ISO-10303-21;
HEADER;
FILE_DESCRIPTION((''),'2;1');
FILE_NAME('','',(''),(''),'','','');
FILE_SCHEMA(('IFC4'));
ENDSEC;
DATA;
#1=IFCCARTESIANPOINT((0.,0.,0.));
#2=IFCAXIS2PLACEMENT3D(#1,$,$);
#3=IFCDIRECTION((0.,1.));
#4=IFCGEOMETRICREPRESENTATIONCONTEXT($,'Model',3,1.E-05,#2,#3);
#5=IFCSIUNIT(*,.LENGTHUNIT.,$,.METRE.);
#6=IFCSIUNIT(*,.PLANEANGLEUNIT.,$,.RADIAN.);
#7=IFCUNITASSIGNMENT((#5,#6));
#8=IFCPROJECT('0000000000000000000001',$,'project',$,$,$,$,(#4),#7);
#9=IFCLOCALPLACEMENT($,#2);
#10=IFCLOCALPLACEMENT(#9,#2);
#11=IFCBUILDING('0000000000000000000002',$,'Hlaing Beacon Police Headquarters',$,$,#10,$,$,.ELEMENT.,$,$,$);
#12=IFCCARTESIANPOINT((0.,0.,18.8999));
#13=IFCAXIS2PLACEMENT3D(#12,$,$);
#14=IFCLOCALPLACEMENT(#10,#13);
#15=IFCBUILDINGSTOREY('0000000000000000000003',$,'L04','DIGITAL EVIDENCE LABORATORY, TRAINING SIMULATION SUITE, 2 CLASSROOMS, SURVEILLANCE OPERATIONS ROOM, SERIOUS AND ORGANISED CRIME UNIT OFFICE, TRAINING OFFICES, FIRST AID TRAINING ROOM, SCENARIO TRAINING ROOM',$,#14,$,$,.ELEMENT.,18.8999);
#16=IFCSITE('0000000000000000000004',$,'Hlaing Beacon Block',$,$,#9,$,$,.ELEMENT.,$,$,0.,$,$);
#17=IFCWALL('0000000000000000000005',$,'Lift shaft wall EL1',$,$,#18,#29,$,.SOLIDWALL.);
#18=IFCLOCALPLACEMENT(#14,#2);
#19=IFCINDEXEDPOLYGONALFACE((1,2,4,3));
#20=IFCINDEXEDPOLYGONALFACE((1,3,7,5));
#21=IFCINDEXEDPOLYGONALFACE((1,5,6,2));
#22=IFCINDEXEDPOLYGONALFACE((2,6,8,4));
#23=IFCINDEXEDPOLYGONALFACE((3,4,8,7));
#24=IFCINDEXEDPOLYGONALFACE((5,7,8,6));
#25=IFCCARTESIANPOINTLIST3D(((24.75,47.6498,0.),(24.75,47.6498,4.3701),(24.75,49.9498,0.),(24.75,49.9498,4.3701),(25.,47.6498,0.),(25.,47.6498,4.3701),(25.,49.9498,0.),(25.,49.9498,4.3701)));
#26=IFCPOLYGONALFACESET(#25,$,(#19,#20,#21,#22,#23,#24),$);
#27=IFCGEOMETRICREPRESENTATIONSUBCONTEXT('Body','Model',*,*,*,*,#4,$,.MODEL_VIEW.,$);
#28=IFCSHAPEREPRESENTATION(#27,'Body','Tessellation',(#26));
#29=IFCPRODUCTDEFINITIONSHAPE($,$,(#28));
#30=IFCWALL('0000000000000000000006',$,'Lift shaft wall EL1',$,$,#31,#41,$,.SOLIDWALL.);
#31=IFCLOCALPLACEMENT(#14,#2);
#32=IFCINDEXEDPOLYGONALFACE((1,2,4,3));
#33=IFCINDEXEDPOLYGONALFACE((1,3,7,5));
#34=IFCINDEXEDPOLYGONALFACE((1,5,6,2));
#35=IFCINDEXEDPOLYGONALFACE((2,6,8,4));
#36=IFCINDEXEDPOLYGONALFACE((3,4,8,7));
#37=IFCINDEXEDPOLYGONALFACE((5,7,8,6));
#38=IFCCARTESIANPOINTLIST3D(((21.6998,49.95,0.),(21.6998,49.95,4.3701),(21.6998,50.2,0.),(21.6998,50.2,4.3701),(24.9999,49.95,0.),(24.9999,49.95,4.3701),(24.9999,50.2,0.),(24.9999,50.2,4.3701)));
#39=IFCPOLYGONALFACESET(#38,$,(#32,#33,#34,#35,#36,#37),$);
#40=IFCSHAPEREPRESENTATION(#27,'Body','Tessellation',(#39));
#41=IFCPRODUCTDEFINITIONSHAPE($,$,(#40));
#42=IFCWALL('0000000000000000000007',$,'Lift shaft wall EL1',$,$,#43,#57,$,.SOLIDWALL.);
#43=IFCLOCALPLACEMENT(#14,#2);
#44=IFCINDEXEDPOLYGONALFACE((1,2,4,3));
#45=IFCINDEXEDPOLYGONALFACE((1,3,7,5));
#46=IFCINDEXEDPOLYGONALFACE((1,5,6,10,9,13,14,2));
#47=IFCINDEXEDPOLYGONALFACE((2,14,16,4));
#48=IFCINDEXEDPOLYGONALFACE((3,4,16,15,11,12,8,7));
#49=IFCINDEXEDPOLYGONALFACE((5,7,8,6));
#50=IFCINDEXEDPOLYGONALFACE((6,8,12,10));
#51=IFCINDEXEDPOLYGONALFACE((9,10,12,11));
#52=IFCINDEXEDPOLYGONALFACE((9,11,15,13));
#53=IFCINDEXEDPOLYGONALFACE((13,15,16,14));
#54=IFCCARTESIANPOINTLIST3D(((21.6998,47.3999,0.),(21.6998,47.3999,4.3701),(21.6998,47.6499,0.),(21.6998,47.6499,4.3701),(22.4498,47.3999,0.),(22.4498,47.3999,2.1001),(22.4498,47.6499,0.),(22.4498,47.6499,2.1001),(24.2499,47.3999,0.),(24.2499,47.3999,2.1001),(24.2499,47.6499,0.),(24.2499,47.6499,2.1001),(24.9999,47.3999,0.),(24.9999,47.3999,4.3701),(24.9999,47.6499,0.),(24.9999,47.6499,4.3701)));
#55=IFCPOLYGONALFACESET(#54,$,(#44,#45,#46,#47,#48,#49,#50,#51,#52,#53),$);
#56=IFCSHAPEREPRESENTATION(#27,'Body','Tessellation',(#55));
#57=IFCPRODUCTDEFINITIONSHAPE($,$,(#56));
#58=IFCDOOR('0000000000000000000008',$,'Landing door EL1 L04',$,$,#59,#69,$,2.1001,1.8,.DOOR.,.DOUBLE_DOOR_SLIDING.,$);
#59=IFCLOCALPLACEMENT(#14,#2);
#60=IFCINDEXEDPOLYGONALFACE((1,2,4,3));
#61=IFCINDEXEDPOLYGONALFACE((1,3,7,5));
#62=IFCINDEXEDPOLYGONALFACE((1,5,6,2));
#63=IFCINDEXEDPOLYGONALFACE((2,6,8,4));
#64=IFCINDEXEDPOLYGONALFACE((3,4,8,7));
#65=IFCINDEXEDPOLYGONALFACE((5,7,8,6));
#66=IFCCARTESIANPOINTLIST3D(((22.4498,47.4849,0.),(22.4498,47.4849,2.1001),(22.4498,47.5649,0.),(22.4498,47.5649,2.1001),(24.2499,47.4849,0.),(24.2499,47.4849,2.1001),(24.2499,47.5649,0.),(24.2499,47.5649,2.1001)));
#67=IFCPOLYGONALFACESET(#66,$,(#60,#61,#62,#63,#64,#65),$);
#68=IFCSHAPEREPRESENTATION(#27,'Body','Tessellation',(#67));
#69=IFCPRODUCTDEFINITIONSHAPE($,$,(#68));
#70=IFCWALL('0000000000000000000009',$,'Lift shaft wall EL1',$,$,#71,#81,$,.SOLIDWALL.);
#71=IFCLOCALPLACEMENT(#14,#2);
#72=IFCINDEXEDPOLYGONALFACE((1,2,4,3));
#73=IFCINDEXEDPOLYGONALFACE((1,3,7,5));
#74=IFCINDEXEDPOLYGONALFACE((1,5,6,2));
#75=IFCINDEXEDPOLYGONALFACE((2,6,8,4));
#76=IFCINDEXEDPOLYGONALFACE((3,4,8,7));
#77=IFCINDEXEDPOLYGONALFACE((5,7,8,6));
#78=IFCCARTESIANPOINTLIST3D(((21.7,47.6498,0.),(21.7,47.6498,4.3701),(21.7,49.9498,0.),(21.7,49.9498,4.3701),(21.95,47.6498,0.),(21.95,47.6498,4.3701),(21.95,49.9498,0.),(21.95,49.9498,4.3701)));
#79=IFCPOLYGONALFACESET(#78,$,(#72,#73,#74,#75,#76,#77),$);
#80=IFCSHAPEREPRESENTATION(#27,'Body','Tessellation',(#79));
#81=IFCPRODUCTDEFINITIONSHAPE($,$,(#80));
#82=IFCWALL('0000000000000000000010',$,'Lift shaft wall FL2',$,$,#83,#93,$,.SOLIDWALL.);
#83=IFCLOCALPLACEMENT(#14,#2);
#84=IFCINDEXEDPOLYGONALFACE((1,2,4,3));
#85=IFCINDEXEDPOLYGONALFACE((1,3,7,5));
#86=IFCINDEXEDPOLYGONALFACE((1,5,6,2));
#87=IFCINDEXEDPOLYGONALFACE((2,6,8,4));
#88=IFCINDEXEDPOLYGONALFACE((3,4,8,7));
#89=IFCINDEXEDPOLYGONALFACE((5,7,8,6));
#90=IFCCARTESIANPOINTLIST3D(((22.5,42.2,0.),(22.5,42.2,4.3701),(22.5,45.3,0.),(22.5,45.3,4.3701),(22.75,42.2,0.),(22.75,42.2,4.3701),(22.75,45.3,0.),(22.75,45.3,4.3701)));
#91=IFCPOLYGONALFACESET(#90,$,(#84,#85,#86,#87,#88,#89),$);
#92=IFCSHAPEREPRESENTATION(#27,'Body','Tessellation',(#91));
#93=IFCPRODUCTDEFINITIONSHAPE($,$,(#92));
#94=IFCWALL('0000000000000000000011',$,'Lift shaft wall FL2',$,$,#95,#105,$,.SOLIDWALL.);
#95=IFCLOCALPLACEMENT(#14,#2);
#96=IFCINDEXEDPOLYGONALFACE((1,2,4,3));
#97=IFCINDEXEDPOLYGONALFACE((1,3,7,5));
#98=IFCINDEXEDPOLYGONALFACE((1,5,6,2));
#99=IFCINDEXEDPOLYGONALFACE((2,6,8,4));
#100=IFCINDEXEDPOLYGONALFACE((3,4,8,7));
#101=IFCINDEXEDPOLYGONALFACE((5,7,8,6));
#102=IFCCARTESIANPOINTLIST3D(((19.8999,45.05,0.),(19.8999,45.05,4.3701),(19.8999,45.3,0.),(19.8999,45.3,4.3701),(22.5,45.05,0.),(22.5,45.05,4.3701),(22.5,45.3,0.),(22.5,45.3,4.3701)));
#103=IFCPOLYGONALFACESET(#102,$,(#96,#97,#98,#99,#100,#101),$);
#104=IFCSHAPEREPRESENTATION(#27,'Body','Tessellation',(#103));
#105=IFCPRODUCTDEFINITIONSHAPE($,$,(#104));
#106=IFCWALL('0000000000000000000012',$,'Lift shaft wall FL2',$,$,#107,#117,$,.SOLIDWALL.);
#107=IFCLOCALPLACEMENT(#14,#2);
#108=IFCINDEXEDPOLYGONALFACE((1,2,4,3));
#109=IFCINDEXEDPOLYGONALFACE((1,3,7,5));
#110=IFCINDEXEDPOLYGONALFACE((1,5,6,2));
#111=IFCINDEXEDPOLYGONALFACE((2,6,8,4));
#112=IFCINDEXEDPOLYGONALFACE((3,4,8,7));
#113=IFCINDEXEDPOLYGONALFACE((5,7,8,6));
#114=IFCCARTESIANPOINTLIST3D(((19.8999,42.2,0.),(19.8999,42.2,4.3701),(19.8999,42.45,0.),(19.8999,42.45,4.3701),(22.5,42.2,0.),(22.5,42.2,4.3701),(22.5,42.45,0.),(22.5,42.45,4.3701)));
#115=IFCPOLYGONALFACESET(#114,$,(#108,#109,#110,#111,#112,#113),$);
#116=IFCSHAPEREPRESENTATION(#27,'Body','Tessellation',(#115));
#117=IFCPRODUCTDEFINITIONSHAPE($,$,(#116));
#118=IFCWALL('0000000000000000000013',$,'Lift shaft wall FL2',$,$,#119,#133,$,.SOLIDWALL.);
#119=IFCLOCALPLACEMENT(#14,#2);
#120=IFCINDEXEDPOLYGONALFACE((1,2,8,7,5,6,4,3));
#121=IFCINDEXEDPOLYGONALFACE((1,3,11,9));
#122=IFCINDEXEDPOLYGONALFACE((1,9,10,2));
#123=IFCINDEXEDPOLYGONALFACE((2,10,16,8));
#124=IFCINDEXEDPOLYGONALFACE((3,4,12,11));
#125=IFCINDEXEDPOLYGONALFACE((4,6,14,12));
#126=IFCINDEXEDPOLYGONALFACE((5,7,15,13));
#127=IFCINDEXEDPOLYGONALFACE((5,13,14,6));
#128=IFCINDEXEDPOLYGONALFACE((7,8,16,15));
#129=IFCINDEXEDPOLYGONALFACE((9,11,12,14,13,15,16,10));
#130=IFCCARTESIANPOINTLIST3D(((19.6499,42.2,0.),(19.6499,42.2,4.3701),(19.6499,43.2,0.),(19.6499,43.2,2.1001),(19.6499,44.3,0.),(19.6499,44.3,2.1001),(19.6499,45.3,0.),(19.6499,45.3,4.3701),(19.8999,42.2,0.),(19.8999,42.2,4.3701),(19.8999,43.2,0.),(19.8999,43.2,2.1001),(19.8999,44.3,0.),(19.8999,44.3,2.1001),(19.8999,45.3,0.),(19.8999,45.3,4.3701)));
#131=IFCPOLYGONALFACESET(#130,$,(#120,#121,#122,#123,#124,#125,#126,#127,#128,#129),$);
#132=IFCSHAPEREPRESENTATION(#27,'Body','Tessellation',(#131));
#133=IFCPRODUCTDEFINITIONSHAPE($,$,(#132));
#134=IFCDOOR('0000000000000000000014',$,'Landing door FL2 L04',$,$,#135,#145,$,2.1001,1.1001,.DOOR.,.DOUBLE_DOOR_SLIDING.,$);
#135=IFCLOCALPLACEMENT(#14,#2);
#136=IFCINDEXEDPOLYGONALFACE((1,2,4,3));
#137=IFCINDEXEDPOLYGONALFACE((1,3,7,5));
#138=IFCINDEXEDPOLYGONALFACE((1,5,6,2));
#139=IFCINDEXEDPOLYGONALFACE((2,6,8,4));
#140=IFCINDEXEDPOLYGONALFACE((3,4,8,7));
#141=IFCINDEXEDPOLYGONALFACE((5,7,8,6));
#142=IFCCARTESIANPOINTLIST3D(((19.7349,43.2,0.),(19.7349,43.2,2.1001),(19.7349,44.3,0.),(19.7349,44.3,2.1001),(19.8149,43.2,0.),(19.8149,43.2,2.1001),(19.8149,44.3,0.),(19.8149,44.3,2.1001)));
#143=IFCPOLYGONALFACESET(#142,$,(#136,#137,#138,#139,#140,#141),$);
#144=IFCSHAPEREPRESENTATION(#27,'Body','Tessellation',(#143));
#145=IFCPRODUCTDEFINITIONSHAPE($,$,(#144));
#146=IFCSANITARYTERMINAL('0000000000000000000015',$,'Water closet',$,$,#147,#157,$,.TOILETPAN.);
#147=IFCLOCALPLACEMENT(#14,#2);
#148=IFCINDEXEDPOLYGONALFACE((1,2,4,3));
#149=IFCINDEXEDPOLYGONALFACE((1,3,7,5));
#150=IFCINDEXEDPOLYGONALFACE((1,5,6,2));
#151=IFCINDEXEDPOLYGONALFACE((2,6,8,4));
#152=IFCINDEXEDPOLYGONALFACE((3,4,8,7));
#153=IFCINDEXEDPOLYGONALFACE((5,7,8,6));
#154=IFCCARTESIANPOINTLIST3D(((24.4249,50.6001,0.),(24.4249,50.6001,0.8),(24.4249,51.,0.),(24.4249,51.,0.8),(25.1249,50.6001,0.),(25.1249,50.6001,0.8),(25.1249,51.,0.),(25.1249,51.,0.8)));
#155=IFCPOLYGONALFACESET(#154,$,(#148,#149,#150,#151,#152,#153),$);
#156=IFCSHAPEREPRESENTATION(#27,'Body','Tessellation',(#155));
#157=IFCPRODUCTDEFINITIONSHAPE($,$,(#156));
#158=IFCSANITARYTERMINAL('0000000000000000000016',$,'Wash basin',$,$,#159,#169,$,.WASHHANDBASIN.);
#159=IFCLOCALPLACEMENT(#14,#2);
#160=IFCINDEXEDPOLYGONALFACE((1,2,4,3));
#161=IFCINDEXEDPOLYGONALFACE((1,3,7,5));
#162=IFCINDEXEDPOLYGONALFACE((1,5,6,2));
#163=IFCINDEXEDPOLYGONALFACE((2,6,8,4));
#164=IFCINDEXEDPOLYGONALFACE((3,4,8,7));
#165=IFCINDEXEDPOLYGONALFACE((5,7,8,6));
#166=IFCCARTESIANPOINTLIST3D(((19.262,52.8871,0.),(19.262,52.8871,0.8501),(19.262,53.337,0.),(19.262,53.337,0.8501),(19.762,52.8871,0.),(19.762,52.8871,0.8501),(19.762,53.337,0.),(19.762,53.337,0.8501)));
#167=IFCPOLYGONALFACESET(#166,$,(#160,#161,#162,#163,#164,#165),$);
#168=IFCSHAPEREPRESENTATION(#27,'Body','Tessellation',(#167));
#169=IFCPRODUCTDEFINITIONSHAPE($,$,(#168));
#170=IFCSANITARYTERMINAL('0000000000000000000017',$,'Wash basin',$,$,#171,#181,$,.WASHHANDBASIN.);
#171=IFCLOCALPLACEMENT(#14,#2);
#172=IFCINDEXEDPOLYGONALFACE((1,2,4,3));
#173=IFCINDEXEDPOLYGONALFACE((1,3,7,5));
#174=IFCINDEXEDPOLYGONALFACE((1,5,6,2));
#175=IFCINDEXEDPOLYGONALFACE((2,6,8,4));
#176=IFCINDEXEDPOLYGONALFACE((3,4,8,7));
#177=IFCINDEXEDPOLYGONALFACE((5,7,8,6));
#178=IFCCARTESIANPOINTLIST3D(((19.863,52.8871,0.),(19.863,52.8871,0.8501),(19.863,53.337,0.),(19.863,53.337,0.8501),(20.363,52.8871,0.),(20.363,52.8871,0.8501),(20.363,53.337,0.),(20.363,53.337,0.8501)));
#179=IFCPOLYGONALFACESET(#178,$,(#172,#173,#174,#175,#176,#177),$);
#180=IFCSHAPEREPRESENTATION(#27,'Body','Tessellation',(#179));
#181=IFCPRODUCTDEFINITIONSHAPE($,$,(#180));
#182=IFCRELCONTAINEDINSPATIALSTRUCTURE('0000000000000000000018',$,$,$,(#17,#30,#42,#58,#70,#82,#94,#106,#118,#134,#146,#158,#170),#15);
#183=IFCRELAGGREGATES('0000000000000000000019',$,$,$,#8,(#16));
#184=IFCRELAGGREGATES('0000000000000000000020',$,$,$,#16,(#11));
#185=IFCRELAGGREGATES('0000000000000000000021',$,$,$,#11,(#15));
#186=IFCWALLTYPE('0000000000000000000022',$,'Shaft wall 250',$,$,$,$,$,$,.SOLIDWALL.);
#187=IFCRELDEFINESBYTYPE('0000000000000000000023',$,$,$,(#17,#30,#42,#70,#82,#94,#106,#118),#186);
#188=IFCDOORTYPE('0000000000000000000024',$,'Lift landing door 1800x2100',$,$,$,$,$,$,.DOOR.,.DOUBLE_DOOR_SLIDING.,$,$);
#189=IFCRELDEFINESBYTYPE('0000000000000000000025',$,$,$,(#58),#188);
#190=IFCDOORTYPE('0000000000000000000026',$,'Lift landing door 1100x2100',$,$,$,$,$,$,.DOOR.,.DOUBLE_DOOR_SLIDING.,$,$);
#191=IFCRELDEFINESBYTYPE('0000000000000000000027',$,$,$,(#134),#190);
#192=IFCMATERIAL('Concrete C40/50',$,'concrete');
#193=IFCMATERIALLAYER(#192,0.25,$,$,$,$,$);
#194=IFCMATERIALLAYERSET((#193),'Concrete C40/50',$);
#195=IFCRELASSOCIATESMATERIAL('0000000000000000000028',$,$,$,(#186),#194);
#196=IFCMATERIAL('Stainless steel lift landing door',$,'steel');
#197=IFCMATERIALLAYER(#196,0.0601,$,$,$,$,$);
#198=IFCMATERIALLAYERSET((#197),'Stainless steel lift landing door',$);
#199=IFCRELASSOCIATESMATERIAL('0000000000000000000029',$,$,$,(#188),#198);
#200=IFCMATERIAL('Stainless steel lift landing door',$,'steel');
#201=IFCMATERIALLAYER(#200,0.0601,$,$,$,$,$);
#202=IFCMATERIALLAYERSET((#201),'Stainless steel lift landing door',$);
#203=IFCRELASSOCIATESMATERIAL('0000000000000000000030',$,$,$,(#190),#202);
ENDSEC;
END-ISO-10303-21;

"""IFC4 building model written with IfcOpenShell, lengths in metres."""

from ifc_helpers import new_model, si_unit, direction, frame, frame_2d, origin, origin_2d, place, context, subcontext, project, spatial, rectangle, extrude, material, layer, layer_set, type_object, element, fill, save


model = new_model("IFC4")

# Units and contexts
model_context = context("Model", 3, precision=1e-05, world=origin(), true_north=direction((0.0, 1.0)))
body_context = subcontext(model_context, "Body", "Model", "MODEL_VIEW")
ifc_project = project(units=[si_unit("LENGTHUNIT", "METRE"), si_unit("PLANEANGLEUNIT", "RADIAN")], contexts=[model_context])

# Site, building, storey
site_placement = place(None, origin())
site = spatial("IfcSite", under=ifc_project, at=site_placement, Name="Hlaing Beacon Block", CompositionType="ELEMENT", RefElevation=0.0)
building_placement = place(site_placement, origin())
building = spatial("IfcBuilding", under=site, at=building_placement, Name="Hlaing Beacon Police Headquarters", CompositionType="ELEMENT")
storey_placement = place(building_placement, frame((0.0, 0.0, 18.8999)))
storey = spatial("IfcBuildingStorey", under=building, at=storey_placement, Name="L04", Description="DIGITAL EVIDENCE LABORATORY, TRAINING SIMULATION SUITE, 2 CLASSROOMS, SURVEILLANCE OPERATIONS ROOM, SERIOUS AND ORGANISED CRIME UNIT OFFICE, TRAINING OFFICES, FIRST AID TRAINING ROOM, SCENARIO TRAINING ROOM", CompositionType="ELEMENT", Elevation=18.8999)

# Shared definitions
ifc_material_1 = material(Name="Concrete C40/50", Category="concrete")
ifc_layer_1 = layer(ifc_material_1, 0.25)
ifc_layer_set_1 = layer_set([ifc_layer_1], Name="Concrete C40/50")
wall_type_1 = type_object("IfcWallType", Name="Shaft wall 250", PredefinedType="SOLIDWALL", material=ifc_layer_set_1)

# Walls
wall_1_placement = place(storey_placement, frame((24.875, 47.6499, 0.0), z_axis=(0.0, 0.0, 1.0), x_axis=(0.0, 1.0, 0.0)))
element("IfcWall", 1, at=wall_1_placement, inside=storey, type_object=wall_type_1, Name="Lift shaft wall EL1", PredefinedType="SOLIDWALL", context=body_context, shape_type="SweptSolid", body=[
    extrude(rectangle(XDim=2.3, YDim=0.25, at=frame_2d((1.1499, 0.0))), origin(), (0.0, 0.0, 1.0), 4.3701),
])
wall_2_placement = place(storey_placement, frame((21.7, 50.075, 0.0), z_axis=(0.0, 0.0, 1.0), x_axis=(1.0, 0.0, 0.0)))
element("IfcWall", 2, at=wall_2_placement, inside=storey, type_object=wall_type_1, Name="Lift shaft wall EL1", PredefinedType="SOLIDWALL", context=body_context, shape_type="SweptSolid", body=[
    extrude(rectangle(XDim=3.3, YDim=0.25, at=frame_2d((1.6499, 0.0))), origin(), (0.0, 0.0, 1.0), 4.3701),
])

# Wall, opening, door
wall_3_placement = place(storey_placement, frame((21.7, 47.5249, 0.0), z_axis=(0.0, 0.0, 1.0), x_axis=(1.0, 0.0, 0.0)))
wall_3 = element("IfcWall", 3, at=wall_3_placement, inside=storey, type_object=wall_type_1, Name="Lift shaft wall EL1", PredefinedType="SOLIDWALL", context=body_context, shape_type="SweptSolid", body=[
    extrude(rectangle(XDim=3.3, YDim=0.25, at=frame_2d((1.6499, 0.0))), origin(), (0.0, 0.0, 1.0), 4.3701),
])
opening_1_placement = place(wall_3_placement, frame((0.75, 0.0, 0.0)))
opening_1 = element("IfcOpeningElement", 4, at=opening_1_placement, cuts=wall_3, PredefinedType="OPENING", context=body_context, shape_type="SweptSolid", body=[
    extrude(rectangle(XDim=1.8, YDim=2.1001, at=frame_2d((0.8999, 1.05))), frame((0.0, 0.135, 0.0), z_axis=(0.0, -1.0, 0.0), x_axis=(1.0, 0.0, 0.0)), (0.0, 0.0, 1.0), 0.27),
])
ifc_material_2 = material(Name="Stainless steel lift landing door", Category="steel")
ifc_layer_2 = layer(ifc_material_2, 0.0601)
ifc_layer_set_2 = layer_set([ifc_layer_2], Name="Stainless steel lift landing door")
door_type_1 = type_object("IfcDoorType", Name="Lift landing door 1800x2100", OperationType="DOUBLE_DOOR_SLIDING", PredefinedType="DOOR", material=ifc_layer_set_2)
door_1_placement = place(opening_1_placement, origin())
door_1 = element("IfcDoor", 5, at=door_1_placement, inside=storey, type_object=door_type_1, Name="Landing door EL1 L04", OperationType="DOUBLE_DOOR_SLIDING", OverallHeight=2.1001, OverallWidth=1.8, PredefinedType="DOOR", context=body_context, shape_type="SweptSolid", body=[
    extrude(rectangle(XDim=1.8, YDim=2.1001, at=frame_2d((0.8999, 1.05))), frame((0.0, 0.04, 0.0), z_axis=(0.0, -1.0, 0.0), x_axis=(1.0, 0.0, 0.0)), (0.0, 0.0, 1.0), 0.0801),
])
fill(opening_1, door_1)

# Walls
wall_4_placement = place(storey_placement, frame((21.825, 47.6499, 0.0), z_axis=(0.0, 0.0, 1.0), x_axis=(0.0, 1.0, 0.0)))
element("IfcWall", 6, at=wall_4_placement, inside=storey, type_object=wall_type_1, Name="Lift shaft wall EL1", PredefinedType="SOLIDWALL", context=body_context, shape_type="SweptSolid", body=[
    extrude(rectangle(XDim=2.3, YDim=0.25, at=frame_2d((1.1499, 0.0))), origin(), (0.0, 0.0, 1.0), 4.3701),
])
wall_5_placement = place(storey_placement, frame((22.625, 42.2, 0.0), z_axis=(0.0, 0.0, 1.0), x_axis=(0.0, 1.0, 0.0)))
element("IfcWall", 7, at=wall_5_placement, inside=storey, type_object=wall_type_1, Name="Lift shaft wall FL2", PredefinedType="SOLIDWALL", context=body_context, shape_type="SweptSolid", body=[
    extrude(rectangle(XDim=3.1001, YDim=0.25, at=frame_2d((1.55, 0.0))), origin(), (0.0, 0.0, 1.0), 4.3701),
])
for number, where, z_axis, x_axis, name in (
    (8, (19.8999, 45.175, 0.0), (0.0, 0.0, 1.0), (1.0, 0.0, 0.0), "Lift shaft wall FL2"),
    (9, (19.8999, 42.325, 0.0), (0.0, 0.0, 1.0), (1.0, 0.0, 0.0), "Lift shaft wall FL2"),
):
    element("IfcWall", number, at=place(storey_placement, frame(where, z_axis=z_axis, x_axis=x_axis)), inside=storey, type_object=wall_type_1, Name=name, PredefinedType="SOLIDWALL", context=body_context, shape_type="SweptSolid", body=[
        extrude(rectangle(XDim=2.6001, YDim=0.25, at=frame_2d((1.3, 0.0))), origin(), (0.0, 0.0, 1.0), 4.3701),
    ])

# Wall, opening, door
wall_6_placement = place(storey_placement, frame((19.7749, 42.2, 0.0), z_axis=(0.0, 0.0, 1.0), x_axis=(0.0, 1.0, 0.0)))
wall_6 = element("IfcWall", 10, at=wall_6_placement, inside=storey, type_object=wall_type_1, Name="Lift shaft wall FL2", PredefinedType="SOLIDWALL", context=body_context, shape_type="SweptSolid", body=[
    extrude(rectangle(XDim=3.1001, YDim=0.25, at=frame_2d((1.55, 0.0))), origin(), (0.0, 0.0, 1.0), 4.3701),
])
opening_2_placement = place(wall_6_placement, frame((1.0, 0.0, 0.0)))
opening_2 = element("IfcOpeningElement", 11, at=opening_2_placement, cuts=wall_6, PredefinedType="OPENING", context=body_context, shape_type="SweptSolid", body=[
    extrude(rectangle(XDim=1.1001, YDim=2.1001, at=frame_2d((0.55, 1.05))), frame((0.0, 0.135, 0.0), z_axis=(0.0, -1.0, 0.0), x_axis=(1.0, 0.0, 0.0)), (0.0, 0.0, 1.0), 0.27),
])
ifc_material_3 = material(Name="Stainless steel lift landing door", Category="steel")
ifc_layer_3 = layer(ifc_material_3, 0.0601)
ifc_layer_set_3 = layer_set([ifc_layer_3], Name="Stainless steel lift landing door")
door_type_2 = type_object("IfcDoorType", Name="Lift landing door 1100x2100", OperationType="DOUBLE_DOOR_SLIDING", PredefinedType="DOOR", material=ifc_layer_set_3)
door_2_placement = place(opening_2_placement, origin())
door_2 = element("IfcDoor", 12, at=door_2_placement, inside=storey, type_object=door_type_2, Name="Landing door FL2 L04", OperationType="DOUBLE_DOOR_SLIDING", OverallHeight=2.1001, OverallWidth=1.1001, PredefinedType="DOOR", context=body_context, shape_type="SweptSolid", body=[
    extrude(rectangle(XDim=1.1001, YDim=2.1001, at=frame_2d((0.55, 1.05))), frame((0.0, 0.04, 0.0), z_axis=(0.0, -1.0, 0.0), x_axis=(1.0, 0.0, 0.0)), (0.0, 0.0, 1.0), 0.0801),
])
fill(opening_2, door_2)

# Sanitary terminals
sanitary_terminal_placement = place(storey_placement, frame((24.7749, 50.8, 0.0), z_axis=(0.0, 0.0, 1.0), x_axis=(1.0, 0.0, 0.0)))
element("IfcSanitaryTerminal", 13, at=sanitary_terminal_placement, inside=storey, Name="Water closet", PredefinedType="TOILETPAN", context=body_context, shape_type="SweptSolid", body=[
    extrude(rectangle(XDim=0.7, YDim=0.3999, at=origin_2d()), origin(), (0.0, 0.0, 1.0), 0.8),
])
for number, where, z_axis, x_axis, name in (
    (14, (19.512, 53.1121, 0.0), (0.0, 0.0, 1.0), (1.0, 0.0, 0.0), "Wash basin"),
    (15, (20.113, 53.1121, 0.0), (0.0, 0.0, 1.0), (1.0, 0.0, 0.0), "Wash basin"),
):
    element("IfcSanitaryTerminal", number, at=place(storey_placement, frame(where, z_axis=z_axis, x_axis=x_axis)), inside=storey, Name=name, PredefinedType="WASHHANDBASIN", context=body_context, shape_type="SweptSolid", body=[
        extrude(rectangle(XDim=0.5, YDim=0.45, at=origin_2d()), origin(), (0.0, 0.0, 1.0), 0.8501),
    ])

save(model, "model.ifc")
